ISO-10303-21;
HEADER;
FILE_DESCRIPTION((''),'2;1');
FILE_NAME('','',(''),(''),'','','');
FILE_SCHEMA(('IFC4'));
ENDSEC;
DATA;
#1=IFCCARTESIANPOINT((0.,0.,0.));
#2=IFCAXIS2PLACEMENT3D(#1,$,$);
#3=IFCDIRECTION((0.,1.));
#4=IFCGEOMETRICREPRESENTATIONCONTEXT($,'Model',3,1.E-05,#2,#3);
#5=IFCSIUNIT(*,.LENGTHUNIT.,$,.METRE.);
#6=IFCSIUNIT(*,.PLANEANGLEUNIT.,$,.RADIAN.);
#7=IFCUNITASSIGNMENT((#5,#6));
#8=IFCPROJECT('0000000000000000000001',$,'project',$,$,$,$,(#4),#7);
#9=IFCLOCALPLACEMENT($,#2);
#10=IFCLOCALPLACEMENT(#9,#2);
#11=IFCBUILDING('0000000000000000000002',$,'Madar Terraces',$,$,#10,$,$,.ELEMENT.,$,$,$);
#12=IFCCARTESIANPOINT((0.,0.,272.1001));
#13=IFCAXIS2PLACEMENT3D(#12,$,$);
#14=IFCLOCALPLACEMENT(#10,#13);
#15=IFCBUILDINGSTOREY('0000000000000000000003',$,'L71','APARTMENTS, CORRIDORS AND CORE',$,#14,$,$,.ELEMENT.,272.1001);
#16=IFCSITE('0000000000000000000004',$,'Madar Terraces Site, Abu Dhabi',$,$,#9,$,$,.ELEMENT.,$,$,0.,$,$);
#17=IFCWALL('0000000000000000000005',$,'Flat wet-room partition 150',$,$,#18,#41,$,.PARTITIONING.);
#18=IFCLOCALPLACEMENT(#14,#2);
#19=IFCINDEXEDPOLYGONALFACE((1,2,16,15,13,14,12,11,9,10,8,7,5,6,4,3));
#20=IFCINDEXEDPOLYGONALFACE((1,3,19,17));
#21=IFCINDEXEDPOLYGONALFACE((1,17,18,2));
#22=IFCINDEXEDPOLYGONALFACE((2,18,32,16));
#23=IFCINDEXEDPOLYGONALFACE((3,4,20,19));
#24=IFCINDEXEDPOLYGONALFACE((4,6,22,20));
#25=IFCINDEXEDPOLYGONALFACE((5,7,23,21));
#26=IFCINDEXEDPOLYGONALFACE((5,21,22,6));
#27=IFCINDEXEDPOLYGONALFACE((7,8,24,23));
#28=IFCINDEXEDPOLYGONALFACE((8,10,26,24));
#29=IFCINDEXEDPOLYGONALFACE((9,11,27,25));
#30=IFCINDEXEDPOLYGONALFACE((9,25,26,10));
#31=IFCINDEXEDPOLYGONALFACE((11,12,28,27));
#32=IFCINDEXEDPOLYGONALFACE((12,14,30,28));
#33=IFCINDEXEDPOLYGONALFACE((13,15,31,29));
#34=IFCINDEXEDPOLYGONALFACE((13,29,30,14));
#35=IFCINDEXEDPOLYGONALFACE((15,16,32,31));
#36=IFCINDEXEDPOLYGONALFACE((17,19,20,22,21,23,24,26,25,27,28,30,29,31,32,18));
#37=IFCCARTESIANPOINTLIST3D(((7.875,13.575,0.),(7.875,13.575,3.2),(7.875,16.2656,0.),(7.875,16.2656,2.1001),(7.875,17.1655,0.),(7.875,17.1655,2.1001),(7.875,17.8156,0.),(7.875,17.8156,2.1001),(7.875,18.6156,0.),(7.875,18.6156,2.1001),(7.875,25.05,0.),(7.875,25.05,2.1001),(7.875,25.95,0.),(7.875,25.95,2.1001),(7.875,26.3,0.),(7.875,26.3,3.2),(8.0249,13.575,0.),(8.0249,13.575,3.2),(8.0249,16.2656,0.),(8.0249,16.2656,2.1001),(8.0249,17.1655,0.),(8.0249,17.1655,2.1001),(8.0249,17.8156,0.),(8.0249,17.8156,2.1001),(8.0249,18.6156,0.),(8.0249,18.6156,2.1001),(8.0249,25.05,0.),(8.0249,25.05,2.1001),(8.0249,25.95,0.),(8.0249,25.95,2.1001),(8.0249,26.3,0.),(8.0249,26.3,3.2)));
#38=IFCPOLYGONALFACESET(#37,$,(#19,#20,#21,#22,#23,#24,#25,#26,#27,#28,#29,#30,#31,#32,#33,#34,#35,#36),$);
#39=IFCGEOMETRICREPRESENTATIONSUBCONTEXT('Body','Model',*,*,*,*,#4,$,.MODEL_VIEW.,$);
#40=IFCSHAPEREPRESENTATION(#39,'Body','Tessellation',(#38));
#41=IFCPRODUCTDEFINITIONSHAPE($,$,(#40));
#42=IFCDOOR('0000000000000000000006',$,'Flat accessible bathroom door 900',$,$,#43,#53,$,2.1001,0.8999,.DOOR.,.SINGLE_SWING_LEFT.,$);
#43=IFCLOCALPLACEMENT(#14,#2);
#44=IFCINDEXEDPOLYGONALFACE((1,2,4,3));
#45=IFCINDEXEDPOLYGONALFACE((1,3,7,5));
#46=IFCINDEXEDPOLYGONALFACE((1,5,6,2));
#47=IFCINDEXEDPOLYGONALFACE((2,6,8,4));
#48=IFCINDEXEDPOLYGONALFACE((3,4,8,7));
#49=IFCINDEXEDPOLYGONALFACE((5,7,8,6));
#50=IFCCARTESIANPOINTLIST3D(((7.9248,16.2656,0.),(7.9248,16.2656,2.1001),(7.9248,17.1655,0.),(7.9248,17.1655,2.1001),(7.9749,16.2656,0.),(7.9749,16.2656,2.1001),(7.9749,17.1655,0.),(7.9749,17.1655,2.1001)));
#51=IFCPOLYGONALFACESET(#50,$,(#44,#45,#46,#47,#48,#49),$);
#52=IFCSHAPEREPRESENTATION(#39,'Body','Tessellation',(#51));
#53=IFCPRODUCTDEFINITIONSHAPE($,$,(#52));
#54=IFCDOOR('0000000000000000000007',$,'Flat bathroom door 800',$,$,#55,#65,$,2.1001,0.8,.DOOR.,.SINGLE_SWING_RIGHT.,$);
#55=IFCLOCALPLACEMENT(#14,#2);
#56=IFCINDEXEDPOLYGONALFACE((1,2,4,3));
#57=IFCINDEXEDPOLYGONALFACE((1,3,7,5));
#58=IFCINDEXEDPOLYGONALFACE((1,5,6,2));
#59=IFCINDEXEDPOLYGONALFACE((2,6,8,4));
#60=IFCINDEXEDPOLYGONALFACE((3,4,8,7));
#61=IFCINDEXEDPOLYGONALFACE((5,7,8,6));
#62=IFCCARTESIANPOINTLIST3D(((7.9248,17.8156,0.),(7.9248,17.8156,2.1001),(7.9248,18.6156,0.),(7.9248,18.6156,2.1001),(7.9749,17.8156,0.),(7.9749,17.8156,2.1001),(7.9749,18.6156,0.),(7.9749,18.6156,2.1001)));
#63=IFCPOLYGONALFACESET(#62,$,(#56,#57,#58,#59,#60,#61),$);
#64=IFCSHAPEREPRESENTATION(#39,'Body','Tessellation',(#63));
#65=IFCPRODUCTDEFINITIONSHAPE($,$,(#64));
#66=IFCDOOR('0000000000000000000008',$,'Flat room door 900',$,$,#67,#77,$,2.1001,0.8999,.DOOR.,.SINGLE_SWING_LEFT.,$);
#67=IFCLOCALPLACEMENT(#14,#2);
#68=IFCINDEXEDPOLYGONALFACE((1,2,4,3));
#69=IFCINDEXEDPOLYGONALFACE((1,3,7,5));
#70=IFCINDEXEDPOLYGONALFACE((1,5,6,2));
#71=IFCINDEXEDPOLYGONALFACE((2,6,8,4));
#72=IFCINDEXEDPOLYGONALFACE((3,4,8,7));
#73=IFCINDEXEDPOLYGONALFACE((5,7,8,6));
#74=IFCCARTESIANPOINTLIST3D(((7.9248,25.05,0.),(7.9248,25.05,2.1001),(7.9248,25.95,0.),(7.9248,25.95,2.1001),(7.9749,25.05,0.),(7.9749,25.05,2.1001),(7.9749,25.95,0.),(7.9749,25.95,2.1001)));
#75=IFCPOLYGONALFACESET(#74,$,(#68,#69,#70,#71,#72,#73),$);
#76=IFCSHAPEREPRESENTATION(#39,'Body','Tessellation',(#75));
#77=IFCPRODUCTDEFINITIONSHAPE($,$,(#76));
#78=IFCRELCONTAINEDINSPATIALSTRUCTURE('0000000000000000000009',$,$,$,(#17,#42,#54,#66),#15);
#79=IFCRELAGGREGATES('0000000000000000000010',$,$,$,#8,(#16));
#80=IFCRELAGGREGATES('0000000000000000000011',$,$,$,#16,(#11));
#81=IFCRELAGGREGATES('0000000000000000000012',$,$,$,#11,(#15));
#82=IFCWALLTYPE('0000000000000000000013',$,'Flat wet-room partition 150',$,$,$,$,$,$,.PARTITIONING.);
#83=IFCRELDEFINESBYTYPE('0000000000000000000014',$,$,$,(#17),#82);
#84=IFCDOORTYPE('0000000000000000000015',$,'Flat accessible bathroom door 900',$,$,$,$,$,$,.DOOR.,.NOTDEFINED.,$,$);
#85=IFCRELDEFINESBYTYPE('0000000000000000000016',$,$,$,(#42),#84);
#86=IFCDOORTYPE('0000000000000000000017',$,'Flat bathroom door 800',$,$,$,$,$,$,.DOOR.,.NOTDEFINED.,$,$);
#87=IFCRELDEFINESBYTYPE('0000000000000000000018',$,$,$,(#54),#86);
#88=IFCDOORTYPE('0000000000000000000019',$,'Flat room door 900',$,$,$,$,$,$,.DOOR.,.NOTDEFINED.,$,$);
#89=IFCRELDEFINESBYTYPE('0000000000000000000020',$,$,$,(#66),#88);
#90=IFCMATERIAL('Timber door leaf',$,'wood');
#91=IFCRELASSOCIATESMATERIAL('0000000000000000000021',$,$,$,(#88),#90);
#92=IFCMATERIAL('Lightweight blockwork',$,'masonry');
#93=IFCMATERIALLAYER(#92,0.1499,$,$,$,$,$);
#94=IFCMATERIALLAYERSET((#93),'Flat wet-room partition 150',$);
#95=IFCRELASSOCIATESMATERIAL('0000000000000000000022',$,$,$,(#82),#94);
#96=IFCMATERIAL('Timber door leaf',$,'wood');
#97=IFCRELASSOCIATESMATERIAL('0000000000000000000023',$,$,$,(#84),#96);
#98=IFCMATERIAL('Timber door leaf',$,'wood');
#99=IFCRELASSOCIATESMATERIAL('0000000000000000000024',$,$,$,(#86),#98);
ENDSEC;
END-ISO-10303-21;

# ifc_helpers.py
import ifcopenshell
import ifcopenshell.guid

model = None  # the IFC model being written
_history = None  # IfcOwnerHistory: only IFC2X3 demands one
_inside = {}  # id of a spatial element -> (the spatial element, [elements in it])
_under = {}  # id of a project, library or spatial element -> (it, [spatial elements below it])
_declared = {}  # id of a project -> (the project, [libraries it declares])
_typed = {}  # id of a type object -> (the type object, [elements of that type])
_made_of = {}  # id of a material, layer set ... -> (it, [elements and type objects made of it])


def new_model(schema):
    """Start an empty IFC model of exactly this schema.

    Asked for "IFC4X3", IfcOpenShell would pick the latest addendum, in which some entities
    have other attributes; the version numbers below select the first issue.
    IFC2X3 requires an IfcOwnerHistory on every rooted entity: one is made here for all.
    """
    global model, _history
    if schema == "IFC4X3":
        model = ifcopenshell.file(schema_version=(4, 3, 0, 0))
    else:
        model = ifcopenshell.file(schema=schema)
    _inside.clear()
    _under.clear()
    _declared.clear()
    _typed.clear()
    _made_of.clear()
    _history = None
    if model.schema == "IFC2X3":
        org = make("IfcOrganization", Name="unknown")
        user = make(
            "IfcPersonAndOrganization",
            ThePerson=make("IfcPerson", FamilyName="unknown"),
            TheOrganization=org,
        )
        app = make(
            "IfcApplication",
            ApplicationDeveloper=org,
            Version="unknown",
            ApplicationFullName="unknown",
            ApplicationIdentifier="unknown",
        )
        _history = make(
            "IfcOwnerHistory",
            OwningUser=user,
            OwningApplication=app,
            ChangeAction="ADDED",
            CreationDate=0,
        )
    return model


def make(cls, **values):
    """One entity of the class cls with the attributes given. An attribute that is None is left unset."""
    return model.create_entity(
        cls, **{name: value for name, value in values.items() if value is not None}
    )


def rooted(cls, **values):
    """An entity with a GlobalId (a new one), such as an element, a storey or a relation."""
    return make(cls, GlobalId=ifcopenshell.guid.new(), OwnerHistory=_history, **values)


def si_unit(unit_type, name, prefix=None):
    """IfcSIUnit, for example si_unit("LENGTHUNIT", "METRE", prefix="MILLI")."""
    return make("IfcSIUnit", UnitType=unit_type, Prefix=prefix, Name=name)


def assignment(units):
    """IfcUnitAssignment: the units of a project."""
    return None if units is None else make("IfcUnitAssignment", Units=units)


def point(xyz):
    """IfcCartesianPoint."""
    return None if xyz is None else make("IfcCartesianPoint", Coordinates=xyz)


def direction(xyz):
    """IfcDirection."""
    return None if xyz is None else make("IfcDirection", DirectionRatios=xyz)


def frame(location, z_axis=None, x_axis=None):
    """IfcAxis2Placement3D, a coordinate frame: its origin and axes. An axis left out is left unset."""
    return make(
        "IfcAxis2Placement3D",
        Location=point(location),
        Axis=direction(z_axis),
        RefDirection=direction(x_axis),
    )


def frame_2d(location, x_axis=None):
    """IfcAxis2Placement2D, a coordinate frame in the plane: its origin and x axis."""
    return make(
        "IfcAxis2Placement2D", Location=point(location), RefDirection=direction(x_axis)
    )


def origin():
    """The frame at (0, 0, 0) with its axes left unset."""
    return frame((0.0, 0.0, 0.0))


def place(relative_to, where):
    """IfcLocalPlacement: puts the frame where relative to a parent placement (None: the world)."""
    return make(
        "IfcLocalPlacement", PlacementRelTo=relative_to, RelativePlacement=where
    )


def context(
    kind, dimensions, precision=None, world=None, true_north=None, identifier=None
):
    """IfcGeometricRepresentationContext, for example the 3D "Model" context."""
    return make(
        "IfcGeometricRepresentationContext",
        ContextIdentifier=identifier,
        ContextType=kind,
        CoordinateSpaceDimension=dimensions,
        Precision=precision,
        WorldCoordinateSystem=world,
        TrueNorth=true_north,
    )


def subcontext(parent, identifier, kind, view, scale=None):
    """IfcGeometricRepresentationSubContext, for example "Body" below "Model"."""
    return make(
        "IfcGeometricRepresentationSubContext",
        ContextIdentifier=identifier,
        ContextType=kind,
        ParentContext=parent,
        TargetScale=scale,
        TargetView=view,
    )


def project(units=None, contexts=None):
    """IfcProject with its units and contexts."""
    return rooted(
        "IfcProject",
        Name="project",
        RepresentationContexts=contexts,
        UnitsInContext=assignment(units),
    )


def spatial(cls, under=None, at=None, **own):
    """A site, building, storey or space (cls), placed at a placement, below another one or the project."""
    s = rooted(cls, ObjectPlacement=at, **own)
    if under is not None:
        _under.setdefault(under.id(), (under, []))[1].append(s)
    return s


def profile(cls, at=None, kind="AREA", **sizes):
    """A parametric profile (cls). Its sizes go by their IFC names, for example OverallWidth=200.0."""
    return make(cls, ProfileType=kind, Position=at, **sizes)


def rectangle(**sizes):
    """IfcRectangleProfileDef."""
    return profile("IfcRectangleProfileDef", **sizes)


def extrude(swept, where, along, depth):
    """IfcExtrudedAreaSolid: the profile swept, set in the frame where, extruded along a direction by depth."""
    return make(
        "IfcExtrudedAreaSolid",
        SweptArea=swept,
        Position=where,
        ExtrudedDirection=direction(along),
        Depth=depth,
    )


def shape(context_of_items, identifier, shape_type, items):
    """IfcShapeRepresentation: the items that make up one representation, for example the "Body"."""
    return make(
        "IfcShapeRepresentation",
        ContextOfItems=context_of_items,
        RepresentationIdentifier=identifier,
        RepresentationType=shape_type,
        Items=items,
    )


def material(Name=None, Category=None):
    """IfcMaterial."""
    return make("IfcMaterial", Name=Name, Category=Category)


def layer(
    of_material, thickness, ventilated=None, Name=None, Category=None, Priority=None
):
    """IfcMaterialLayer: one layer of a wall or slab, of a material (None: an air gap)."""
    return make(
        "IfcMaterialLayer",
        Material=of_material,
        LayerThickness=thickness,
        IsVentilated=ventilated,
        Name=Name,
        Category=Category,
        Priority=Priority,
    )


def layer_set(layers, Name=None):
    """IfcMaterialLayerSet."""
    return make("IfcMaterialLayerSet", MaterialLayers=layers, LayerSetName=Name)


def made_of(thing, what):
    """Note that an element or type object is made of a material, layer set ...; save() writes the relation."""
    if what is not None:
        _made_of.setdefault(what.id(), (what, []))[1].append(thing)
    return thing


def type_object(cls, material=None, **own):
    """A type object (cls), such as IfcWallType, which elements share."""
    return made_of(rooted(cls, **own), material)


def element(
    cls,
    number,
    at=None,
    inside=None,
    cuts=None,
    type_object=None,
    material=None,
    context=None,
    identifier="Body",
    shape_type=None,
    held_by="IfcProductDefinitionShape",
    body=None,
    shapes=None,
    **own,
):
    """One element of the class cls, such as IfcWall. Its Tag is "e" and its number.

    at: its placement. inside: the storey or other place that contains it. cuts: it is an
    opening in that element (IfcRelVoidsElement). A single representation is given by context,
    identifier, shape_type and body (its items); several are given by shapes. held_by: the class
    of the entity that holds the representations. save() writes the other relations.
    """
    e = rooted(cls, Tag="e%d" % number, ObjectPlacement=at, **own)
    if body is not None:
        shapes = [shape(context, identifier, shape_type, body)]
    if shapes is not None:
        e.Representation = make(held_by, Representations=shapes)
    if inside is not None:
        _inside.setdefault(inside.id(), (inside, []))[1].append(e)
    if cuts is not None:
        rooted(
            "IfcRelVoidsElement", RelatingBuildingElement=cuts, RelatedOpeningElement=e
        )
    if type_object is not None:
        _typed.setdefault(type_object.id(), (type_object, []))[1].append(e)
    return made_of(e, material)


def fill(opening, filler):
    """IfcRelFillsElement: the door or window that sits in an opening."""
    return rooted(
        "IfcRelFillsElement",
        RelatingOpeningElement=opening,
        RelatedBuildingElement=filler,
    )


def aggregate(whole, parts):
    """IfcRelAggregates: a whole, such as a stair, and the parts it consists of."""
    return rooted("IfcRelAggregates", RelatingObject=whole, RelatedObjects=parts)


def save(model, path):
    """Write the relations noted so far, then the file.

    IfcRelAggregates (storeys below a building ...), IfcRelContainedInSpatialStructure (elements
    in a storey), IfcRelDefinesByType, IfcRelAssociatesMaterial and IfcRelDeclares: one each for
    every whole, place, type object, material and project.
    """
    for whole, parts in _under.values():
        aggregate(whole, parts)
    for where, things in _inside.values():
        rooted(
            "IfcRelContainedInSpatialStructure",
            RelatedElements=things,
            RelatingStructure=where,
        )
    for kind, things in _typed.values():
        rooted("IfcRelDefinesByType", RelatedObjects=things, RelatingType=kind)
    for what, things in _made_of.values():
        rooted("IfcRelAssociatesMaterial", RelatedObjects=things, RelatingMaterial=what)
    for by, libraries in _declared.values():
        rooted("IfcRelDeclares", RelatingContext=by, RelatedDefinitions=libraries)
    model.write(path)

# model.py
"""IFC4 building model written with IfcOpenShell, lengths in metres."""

from ifc_helpers import new_model, si_unit, direction, frame, frame_2d, origin, place, context, subcontext, project, spatial, rectangle, extrude, material, layer, layer_set, type_object, element, fill, save


model = new_model("IFC4")

# Units and contexts
model_context = context("Model", 3, precision=1e-05, world=origin(), true_north=direction((0.0, 1.0)))
body_context = subcontext(model_context, "Body", "Model", "MODEL_VIEW")
ifc_project = project(units=[si_unit("LENGTHUNIT", "METRE"), si_unit("PLANEANGLEUNIT", "RADIAN")], contexts=[model_context])

# Site, building, storey
site_placement = place(None, origin())
site = spatial("IfcSite", under=ifc_project, at=site_placement, Name="Madar Terraces Site, Abu Dhabi", CompositionType="ELEMENT", RefElevation=0.0)
building_placement = place(site_placement, origin())
building = spatial("IfcBuilding", under=site, at=building_placement, Name="Madar Terraces", CompositionType="ELEMENT")
storey_placement = place(building_placement, frame((0.0, 0.0, 272.1001)))
storey = spatial("IfcBuildingStorey", under=building, at=storey_placement, Name="L71", Description="APARTMENTS, CORRIDORS AND CORE", CompositionType="ELEMENT", Elevation=272.1001)

# Shared definitions
ifc_material_1 = material(Name="Timber door leaf", Category="wood")
door_type_1 = type_object("IfcDoorType", Name="Flat room door 900", OperationType="NOTDEFINED", PredefinedType="DOOR", material=ifc_material_1)

# Wall, openings, doors
ifc_material_2 = material(Name="Lightweight blockwork", Category="masonry")
ifc_layer_1 = layer(ifc_material_2, 0.1499)
ifc_layer_set_1 = layer_set([ifc_layer_1], Name="Flat wet-room partition 150")
wall_type_1 = type_object("IfcWallType", Name="Flat wet-room partition 150", PredefinedType="PARTITIONING", material=ifc_layer_set_1)
wall_1_placement = place(storey_placement, frame((7.95, 26.3, 0.0), z_axis=(0.0, 0.0, 1.0), x_axis=(0.0, -1.0, 0.0)))
wall_1 = element("IfcWall", 1, at=wall_1_placement, inside=storey, type_object=wall_type_1, Name="Flat wet-room partition 150", PredefinedType="PARTITIONING", context=body_context, shape_type="SweptSolid", body=[
    extrude(rectangle(XDim=12.7251, YDim=0.1499, at=frame_2d((6.3625, 0.0))), origin(), (0.0, 0.0, 1.0), 3.2),
])
opening_1_placement = place(wall_1_placement, frame((9.1345, 0.0, 0.0)))
opening_1 = element("IfcOpeningElement", 2, at=opening_1_placement, cuts=wall_1, PredefinedType="OPENING", context=body_context, shape_type="SweptSolid", body=[
    extrude(rectangle(XDim=0.8999, YDim=2.1001, at=frame_2d((0.45, 1.05))), frame((0.0, 0.085, 0.0), z_axis=(0.0, -1.0, 0.0), x_axis=(1.0, 0.0, 0.0)), (0.0, 0.0, 1.0), 0.1699),
])
opening_2_placement = place(wall_1_placement, frame((7.6846, 0.0, 0.0)))
opening_2 = element("IfcOpeningElement", 3, at=opening_2_placement, cuts=wall_1, PredefinedType="OPENING", context=body_context, shape_type="SweptSolid", body=[
    extrude(rectangle(XDim=0.8, YDim=2.1001, at=frame_2d((0.3999, 1.05))), frame((0.0, 0.085, 0.0), z_axis=(0.0, -1.0, 0.0), x_axis=(1.0, 0.0, 0.0)), (0.0, 0.0, 1.0), 0.1699),
])
opening_3_placement = place(wall_1_placement, frame((0.3501, 0.0, 0.0)))
opening_3 = element("IfcOpeningElement", 4, at=opening_3_placement, cuts=wall_1, PredefinedType="OPENING", context=body_context, shape_type="SweptSolid", body=[
    extrude(rectangle(XDim=0.8999, YDim=2.1001, at=frame_2d((0.45, 1.05))), frame((0.0, 0.085, 0.0), z_axis=(0.0, -1.0, 0.0), x_axis=(1.0, 0.0, 0.0)), (0.0, 0.0, 1.0), 0.1699),
])
ifc_material_3 = material(Name="Timber door leaf", Category="wood")
door_type_2 = type_object("IfcDoorType", Name="Flat accessible bathroom door 900", OperationType="NOTDEFINED", PredefinedType="DOOR", material=ifc_material_3)
door_1_placement = place(opening_1_placement, origin())
door_1 = element("IfcDoor", 5, at=door_1_placement, inside=storey, type_object=door_type_2, Name="Flat accessible bathroom door 900", OperationType="SINGLE_SWING_LEFT", OverallHeight=2.1001, OverallWidth=0.8999, PredefinedType="DOOR", context=body_context, shape_type="SweptSolid", body=[
    extrude(rectangle(XDim=0.8999, YDim=2.1001, at=frame_2d((0.45, 1.05))), frame((0.0, 0.0249, 0.0), z_axis=(0.0, -1.0, 0.0), x_axis=(1.0, 0.0, 0.0)), (0.0, 0.0, 1.0), 0.05),
])
fill(opening_1, door_1)
ifc_material_4 = material(Name="Timber door leaf", Category="wood")
door_type_3 = type_object("IfcDoorType", Name="Flat bathroom door 800", OperationType="NOTDEFINED", PredefinedType="DOOR", material=ifc_material_4)
door_2_placement = place(opening_2_placement, origin())
door_2 = element("IfcDoor", 6, at=door_2_placement, inside=storey, type_object=door_type_3, Name="Flat bathroom door 800", OperationType="SINGLE_SWING_RIGHT", OverallHeight=2.1001, OverallWidth=0.8, PredefinedType="DOOR", context=body_context, shape_type="SweptSolid", body=[
    extrude(rectangle(XDim=0.8, YDim=2.1001, at=frame_2d((0.3999, 1.05))), frame((0.0, 0.0249, 0.0), z_axis=(0.0, -1.0, 0.0), x_axis=(1.0, 0.0, 0.0)), (0.0, 0.0, 1.0), 0.05),
])
fill(opening_2, door_2)
door_3_placement = place(opening_3_placement, origin())
door_3 = element("IfcDoor", 7, at=door_3_placement, inside=storey, type_object=door_type_1, Name="Flat room door 900", OperationType="SINGLE_SWING_LEFT", OverallHeight=2.1001, OverallWidth=0.8999, PredefinedType="DOOR", context=body_context, shape_type="SweptSolid", body=[
    extrude(rectangle(XDim=0.8999, YDim=2.1001, at=frame_2d((0.45, 1.05))), frame((0.0, 0.0249, 0.0), z_axis=(0.0, -1.0, 0.0), x_axis=(1.0, 0.0, 0.0)), (0.0, 0.0, 1.0), 0.05),
])
fill(opening_3, door_3)

save(model, "model.ifc")
